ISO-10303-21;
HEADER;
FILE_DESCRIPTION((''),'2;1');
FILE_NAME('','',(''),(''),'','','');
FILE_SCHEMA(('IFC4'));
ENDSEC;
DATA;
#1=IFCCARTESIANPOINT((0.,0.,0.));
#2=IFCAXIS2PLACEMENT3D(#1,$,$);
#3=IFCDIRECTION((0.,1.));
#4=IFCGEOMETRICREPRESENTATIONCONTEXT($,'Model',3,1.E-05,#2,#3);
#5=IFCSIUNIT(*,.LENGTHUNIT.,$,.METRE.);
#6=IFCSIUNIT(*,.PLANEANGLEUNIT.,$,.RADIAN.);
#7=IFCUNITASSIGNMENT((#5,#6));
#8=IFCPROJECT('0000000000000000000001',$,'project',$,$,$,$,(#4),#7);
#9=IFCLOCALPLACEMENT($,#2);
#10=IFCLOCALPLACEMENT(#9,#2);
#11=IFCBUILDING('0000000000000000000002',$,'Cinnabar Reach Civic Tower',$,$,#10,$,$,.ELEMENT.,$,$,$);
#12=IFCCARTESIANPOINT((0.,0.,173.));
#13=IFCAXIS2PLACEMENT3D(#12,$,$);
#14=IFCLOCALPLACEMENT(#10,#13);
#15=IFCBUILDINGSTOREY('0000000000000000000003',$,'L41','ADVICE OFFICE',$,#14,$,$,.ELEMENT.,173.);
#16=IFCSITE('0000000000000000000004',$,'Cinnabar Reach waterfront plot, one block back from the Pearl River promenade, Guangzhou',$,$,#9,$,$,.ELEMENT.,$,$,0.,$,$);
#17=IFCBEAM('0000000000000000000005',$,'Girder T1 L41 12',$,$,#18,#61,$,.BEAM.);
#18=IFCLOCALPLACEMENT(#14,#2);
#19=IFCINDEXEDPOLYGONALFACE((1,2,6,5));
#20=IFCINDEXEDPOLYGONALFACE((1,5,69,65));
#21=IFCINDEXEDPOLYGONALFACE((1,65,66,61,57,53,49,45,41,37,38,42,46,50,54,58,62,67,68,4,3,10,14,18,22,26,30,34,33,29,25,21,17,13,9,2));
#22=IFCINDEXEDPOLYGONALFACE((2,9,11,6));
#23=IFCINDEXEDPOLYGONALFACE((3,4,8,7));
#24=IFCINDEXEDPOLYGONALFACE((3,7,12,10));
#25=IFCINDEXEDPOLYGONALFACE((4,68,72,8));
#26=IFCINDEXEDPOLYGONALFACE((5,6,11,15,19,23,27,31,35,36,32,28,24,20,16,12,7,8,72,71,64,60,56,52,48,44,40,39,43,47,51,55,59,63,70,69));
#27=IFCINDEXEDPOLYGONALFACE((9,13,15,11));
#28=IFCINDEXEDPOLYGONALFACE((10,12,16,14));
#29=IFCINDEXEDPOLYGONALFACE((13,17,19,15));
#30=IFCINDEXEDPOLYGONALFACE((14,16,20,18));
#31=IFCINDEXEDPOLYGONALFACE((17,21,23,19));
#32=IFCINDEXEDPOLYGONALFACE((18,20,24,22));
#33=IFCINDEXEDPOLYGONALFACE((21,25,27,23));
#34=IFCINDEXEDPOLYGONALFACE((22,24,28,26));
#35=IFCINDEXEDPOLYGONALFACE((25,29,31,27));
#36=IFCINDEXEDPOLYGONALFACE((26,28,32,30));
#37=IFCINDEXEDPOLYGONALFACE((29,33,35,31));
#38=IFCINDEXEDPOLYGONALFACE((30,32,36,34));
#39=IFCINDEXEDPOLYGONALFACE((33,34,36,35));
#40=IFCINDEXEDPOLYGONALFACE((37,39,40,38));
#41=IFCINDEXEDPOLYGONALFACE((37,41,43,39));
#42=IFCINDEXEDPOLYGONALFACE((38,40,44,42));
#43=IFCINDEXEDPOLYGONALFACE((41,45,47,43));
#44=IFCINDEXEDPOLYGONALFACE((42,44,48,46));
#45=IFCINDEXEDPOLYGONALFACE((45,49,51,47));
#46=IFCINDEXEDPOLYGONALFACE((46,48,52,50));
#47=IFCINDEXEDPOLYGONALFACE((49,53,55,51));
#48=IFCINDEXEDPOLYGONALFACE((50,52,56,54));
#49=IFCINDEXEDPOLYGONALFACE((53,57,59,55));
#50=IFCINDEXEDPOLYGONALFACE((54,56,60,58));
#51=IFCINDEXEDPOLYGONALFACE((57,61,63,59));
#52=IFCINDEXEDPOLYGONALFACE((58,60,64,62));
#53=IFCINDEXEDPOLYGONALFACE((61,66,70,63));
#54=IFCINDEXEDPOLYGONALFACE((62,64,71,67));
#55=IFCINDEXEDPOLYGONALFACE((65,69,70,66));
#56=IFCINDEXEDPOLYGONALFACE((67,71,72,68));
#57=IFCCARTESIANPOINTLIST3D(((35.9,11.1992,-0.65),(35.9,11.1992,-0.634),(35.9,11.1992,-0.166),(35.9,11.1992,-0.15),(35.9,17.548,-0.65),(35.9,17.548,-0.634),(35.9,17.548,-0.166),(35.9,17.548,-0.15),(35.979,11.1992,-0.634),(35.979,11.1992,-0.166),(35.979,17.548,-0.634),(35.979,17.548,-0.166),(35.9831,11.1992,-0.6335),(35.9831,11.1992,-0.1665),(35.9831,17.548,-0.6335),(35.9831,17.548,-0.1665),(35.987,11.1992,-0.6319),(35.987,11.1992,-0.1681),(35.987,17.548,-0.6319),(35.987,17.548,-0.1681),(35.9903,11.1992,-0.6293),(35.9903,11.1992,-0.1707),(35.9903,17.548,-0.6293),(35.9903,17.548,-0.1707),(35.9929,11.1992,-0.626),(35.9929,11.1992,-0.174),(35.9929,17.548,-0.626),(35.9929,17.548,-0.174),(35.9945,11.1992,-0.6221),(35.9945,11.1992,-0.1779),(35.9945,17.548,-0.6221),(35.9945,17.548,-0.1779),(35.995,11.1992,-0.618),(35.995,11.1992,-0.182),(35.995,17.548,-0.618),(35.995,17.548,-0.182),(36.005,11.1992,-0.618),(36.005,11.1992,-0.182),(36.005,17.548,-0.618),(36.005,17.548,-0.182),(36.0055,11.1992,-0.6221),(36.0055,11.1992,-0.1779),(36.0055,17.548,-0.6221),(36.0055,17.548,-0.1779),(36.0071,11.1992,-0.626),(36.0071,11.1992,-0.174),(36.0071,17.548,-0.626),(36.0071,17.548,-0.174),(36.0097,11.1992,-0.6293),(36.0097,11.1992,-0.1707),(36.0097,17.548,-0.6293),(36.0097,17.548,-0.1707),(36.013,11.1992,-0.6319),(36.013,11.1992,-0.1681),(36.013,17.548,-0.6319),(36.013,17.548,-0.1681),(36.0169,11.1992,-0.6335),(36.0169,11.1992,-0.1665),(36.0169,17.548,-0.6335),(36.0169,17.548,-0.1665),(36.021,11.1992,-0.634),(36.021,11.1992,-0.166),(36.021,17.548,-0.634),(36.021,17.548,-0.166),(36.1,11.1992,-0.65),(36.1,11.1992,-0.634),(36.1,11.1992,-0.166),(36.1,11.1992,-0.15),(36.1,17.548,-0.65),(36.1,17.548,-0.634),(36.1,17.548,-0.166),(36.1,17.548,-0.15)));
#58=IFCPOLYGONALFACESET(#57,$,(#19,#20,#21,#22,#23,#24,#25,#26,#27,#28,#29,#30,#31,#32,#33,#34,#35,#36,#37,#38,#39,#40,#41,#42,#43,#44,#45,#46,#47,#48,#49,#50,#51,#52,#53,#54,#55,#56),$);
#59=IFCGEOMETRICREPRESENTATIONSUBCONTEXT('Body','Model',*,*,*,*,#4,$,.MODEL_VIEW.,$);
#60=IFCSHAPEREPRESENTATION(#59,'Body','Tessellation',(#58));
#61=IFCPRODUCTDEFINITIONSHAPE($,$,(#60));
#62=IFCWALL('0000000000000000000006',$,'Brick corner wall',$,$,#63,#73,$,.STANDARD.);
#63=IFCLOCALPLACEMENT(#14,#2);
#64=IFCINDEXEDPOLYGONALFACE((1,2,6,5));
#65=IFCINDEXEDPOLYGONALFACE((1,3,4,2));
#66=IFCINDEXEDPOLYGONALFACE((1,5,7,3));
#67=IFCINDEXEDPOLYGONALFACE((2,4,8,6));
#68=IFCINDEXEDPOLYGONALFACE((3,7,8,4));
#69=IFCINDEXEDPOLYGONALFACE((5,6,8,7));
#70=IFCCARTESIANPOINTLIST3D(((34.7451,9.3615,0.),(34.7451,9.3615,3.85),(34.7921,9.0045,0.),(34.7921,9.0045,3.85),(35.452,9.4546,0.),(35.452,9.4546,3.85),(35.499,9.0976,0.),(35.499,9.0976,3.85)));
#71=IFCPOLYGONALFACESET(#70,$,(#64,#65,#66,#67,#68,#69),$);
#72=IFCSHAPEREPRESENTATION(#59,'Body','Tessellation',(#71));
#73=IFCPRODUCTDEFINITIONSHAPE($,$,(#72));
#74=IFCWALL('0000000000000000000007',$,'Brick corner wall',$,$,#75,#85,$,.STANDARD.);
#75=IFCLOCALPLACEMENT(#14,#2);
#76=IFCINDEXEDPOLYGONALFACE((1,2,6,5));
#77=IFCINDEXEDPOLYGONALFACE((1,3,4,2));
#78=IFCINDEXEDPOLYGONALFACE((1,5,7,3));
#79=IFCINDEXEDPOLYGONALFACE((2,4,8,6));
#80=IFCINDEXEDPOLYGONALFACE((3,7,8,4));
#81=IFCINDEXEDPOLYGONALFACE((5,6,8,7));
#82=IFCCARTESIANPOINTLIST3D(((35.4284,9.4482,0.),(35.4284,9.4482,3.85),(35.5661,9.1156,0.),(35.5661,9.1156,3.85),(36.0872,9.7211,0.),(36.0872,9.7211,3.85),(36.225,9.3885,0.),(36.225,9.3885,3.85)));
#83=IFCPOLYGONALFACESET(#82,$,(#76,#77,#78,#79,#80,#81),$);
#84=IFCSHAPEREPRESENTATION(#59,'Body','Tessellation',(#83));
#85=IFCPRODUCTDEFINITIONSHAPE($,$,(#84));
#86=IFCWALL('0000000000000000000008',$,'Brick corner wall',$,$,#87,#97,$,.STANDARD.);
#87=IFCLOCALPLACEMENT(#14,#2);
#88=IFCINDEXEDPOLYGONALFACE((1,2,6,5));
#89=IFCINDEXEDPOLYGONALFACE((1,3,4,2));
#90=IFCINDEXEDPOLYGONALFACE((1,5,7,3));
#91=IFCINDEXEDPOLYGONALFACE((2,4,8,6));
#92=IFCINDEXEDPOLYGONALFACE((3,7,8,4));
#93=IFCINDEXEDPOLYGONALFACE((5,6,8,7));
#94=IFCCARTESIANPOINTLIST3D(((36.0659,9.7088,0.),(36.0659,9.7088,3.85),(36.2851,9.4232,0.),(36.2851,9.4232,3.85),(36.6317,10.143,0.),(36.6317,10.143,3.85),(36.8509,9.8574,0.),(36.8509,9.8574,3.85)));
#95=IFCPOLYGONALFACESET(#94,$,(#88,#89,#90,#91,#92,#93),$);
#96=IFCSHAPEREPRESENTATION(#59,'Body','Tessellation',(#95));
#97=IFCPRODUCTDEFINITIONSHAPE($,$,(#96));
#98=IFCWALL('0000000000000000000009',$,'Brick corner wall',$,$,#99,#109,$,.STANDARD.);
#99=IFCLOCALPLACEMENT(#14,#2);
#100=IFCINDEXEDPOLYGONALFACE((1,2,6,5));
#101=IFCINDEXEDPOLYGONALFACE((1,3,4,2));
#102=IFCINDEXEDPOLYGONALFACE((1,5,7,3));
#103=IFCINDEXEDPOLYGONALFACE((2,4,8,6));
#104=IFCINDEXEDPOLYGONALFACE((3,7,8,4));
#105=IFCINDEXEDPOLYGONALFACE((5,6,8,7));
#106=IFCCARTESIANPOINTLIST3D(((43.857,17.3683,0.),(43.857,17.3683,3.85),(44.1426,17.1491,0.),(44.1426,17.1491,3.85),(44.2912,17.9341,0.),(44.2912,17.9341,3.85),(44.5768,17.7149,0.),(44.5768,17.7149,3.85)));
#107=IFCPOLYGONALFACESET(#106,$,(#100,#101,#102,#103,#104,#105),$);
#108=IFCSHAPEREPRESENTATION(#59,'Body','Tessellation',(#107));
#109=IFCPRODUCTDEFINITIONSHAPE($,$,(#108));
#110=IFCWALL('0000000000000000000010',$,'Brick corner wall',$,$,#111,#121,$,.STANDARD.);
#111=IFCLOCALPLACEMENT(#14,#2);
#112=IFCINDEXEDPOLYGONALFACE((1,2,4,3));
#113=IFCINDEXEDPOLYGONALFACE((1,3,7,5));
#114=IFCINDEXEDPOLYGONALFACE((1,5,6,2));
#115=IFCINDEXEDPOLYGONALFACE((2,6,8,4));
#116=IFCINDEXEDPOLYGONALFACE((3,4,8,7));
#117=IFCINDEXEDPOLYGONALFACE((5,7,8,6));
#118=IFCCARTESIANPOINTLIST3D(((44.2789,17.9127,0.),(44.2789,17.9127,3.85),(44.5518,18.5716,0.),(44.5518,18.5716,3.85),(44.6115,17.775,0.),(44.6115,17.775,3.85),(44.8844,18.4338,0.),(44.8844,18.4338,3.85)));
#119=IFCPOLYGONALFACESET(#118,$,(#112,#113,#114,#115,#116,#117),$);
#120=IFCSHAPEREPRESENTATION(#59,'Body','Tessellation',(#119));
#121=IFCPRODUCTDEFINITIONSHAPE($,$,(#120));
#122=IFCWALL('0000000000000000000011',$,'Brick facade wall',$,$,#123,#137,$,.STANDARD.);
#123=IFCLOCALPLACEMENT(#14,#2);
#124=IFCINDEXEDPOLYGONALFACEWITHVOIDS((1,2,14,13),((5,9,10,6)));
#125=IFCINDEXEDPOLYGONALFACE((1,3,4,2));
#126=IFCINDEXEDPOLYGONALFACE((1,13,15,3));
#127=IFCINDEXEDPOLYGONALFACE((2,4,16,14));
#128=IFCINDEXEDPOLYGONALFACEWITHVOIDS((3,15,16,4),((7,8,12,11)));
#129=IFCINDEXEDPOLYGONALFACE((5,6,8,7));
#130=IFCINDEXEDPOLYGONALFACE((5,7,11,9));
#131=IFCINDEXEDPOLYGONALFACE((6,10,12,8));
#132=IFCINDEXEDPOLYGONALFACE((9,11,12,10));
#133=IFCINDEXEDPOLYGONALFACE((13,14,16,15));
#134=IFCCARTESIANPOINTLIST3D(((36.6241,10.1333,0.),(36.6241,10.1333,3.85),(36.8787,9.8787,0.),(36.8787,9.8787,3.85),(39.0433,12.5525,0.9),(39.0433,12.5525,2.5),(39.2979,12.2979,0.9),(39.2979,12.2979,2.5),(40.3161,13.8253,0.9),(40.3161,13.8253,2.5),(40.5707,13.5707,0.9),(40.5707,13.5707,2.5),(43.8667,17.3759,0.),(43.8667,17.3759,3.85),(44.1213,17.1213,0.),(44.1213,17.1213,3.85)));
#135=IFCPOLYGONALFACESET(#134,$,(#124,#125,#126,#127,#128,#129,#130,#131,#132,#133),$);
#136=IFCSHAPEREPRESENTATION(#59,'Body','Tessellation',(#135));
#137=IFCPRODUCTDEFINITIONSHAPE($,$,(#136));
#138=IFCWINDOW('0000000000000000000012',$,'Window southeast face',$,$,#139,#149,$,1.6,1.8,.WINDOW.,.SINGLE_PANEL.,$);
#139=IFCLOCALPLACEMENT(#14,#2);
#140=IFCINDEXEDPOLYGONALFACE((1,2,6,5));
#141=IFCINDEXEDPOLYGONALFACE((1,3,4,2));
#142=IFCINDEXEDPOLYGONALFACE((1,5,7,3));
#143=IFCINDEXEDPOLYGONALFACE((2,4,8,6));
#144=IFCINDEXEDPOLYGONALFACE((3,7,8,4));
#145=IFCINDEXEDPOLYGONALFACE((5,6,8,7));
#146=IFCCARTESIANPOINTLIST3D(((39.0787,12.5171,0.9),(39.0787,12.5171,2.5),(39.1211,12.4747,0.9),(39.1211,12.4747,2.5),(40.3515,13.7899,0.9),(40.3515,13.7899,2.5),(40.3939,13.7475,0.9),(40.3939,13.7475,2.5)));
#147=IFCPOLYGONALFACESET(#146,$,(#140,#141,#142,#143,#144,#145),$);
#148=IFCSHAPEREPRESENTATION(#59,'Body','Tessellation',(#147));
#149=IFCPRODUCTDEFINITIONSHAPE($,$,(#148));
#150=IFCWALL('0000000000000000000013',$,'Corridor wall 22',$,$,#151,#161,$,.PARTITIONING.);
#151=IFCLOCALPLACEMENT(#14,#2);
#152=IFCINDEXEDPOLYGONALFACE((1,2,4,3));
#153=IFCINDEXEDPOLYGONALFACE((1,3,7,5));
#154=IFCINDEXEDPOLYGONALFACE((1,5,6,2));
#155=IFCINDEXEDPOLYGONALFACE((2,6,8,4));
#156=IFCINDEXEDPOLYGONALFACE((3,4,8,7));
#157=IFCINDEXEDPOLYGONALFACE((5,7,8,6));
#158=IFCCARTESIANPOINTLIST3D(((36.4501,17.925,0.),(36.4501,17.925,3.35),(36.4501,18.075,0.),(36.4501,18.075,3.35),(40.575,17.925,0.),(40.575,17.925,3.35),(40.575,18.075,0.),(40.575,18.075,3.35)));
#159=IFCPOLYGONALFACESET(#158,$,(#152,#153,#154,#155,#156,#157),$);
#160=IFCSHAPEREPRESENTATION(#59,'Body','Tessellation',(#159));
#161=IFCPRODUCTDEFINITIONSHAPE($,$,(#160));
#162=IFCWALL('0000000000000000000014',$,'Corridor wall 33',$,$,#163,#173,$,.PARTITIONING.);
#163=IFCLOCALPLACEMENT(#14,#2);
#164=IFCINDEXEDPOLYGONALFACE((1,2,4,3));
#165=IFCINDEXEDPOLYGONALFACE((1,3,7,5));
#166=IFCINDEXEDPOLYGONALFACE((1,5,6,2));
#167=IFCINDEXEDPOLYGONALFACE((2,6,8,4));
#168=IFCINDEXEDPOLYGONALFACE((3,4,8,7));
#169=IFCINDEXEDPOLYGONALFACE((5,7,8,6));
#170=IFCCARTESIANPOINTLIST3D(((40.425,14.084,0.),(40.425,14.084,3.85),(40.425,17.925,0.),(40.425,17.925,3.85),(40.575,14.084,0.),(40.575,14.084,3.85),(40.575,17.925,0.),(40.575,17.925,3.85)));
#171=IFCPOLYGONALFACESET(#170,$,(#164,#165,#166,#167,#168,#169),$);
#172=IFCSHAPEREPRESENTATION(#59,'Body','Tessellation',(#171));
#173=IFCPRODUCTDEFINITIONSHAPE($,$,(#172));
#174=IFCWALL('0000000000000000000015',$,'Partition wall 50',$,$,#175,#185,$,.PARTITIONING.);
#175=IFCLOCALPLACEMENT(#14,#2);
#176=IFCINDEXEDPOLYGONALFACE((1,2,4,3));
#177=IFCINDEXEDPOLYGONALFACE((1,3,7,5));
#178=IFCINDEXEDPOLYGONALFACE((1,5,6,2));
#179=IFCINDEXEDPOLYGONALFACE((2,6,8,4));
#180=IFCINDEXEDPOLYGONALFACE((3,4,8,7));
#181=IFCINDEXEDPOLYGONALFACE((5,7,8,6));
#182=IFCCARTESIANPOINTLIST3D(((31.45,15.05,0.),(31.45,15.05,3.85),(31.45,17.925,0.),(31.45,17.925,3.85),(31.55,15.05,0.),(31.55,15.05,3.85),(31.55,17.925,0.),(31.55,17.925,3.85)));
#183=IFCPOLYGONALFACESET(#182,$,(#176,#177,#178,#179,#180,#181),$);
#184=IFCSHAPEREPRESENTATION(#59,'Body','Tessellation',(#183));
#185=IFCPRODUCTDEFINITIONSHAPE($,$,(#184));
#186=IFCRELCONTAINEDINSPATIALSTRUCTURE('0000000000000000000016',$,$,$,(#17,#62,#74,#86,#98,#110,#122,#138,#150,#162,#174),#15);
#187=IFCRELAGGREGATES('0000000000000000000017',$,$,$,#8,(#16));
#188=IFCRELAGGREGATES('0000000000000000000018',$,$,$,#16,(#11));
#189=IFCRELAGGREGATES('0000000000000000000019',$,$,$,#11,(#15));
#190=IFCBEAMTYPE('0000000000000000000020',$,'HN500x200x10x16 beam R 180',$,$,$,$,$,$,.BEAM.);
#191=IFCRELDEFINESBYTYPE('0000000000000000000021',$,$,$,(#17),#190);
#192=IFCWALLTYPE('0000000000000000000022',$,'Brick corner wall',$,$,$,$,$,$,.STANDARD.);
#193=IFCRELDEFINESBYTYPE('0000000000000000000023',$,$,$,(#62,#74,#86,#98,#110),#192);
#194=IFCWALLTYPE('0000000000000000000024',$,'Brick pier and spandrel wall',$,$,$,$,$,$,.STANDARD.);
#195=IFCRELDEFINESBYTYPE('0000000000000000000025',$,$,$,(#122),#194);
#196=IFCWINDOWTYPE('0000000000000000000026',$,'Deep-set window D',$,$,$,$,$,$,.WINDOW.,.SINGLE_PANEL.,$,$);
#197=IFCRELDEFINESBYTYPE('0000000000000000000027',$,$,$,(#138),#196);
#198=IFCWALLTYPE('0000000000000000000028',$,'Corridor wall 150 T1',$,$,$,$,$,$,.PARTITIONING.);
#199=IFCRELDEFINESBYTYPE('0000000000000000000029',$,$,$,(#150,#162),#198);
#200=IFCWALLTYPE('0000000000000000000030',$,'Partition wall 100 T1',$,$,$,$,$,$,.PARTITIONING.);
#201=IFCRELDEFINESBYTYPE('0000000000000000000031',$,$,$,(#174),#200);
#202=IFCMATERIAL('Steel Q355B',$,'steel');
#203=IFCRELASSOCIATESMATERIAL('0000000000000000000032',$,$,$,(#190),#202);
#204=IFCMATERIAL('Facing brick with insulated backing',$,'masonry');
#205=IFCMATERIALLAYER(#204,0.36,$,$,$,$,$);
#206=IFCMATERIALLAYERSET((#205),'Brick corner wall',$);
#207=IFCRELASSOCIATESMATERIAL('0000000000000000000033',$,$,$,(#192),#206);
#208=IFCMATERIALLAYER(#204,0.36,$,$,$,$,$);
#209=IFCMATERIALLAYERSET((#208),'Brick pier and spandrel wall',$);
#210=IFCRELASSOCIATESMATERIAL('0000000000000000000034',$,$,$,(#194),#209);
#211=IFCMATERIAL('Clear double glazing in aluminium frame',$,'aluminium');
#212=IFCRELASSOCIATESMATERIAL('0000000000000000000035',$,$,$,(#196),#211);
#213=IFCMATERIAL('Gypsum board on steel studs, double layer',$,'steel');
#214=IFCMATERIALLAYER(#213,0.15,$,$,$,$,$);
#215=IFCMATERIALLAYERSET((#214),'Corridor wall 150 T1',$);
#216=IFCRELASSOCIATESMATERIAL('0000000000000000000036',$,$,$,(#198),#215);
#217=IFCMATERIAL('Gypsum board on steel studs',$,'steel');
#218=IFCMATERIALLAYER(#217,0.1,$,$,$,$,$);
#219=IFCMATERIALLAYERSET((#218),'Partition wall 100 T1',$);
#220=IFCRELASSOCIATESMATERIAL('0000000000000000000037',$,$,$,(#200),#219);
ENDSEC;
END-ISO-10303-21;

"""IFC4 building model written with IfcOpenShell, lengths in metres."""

from ifc_helpers import new_model, si_unit, direction, frame, frame_2d, origin, origin_2d, place, context, subcontext, project, spatial, rectangle, i_section, extrude, material, layer, layer_set, material_profile, profile_set, type_object, element, fill, save


model = new_model("IFC4")

# Units and contexts
model_context = context("Model", 3, precision=1e-05, world=origin(), true_north=direction((0.0, 1.0)))
body_context = subcontext(model_context, "Body", "Model", "MODEL_VIEW")
ifc_project = project(units=[si_unit("LENGTHUNIT", "METRE"), si_unit("PLANEANGLEUNIT", "RADIAN")], contexts=[model_context])

# Site, building, storey
site_placement = place(None, origin())
site = spatial("IfcSite", under=ifc_project, at=site_placement, Name="Cinnabar Reach waterfront plot, one block back from the Pearl River promenade, Guangzhou", CompositionType="ELEMENT", RefElevation=0.0)
building_placement = place(site_placement, origin())
building = spatial("IfcBuilding", under=site, at=building_placement, Name="Cinnabar Reach Civic Tower", CompositionType="ELEMENT")
storey_placement = place(building_placement, frame((0.0, 0.0, 173.0)))
storey = spatial("IfcBuildingStorey", under=building, at=storey_placement, Name="L41", Description="ADVICE OFFICE", CompositionType="ELEMENT", Elevation=173.0)

# Beam
ifc_material_1 = material(Name="Steel Q355B", Category="steel")
ifc_material_profile_1 = material_profile(ifc_material_1, i_section(OverallWidth=0.2, OverallDepth=0.5, WebThickness=0.01, FlangeThickness=0.016, FilletRadius=0.016, at=origin_2d()), Name="HN500x200x10x16")
ifc_profile_set_1 = profile_set([ifc_material_profile_1], Name="Steel Q355B")
beam_type_1 = type_object("IfcBeamType", Name="HN500x200x10x16 beam R 180", PredefinedType="BEAM", material=ifc_profile_set_1)
for number, where, z_axis, x_axis, name in (
    (1, (36.0, 11.1992, -0.4), (0.0, 1.0, 0.0), (-1.0, 0.0, 0.0), "Girder T1 L41 12"),
):
    element("IfcBeam", number, at=place(storey_placement, frame(where, z_axis=z_axis, x_axis=x_axis)), inside=storey, type_object=beam_type_1, Name=name, PredefinedType="BEAM", context=body_context, shape_type="SweptSolid", body=[
        extrude(i_section(OverallWidth=0.2, OverallDepth=0.5, WebThickness=0.01, FlangeThickness=0.016, FilletRadius=0.016, at=origin_2d()), origin(), (0.0, 0.0, 1.0), 6.3488),
    ])

# Walls
ifc_material_2 = material(Name="Facing brick with insulated backing", Category="masonry")
ifc_layer_1 = layer(ifc_material_2, 0.36)
ifc_layer_set_1 = layer_set([ifc_layer_1], Name="Brick corner wall")
wall_type_1 = type_object("IfcWallType", Name="Brick corner wall", PredefinedType="STANDARD", material=ifc_layer_set_1)
for number, where, z_axis, x_axis, name in (
    (2, (34.7686, 9.183, 0.0), (0.0, 0.0, 1.0), (0.991441, 0.130556, 0.0), "Brick corner wall"),
    (3, (35.4973, 9.2819, 0.0), (0.0, 0.0, 1.0), (0.923872, 0.382703, 0.0), "Brick corner wall"),
):
    element("IfcWall", number, at=place(storey_placement, frame(where, z_axis=z_axis, x_axis=x_axis)), inside=storey, type_object=wall_type_1, Name=name, PredefinedType="STANDARD", context=body_context, shape_type="SweptSolid", body=[
        extrude(rectangle(XDim=0.7131, YDim=0.36, at=frame_2d((0.3565, 0.0))), origin(), (0.0, 0.0, 1.0), 3.85),
    ])
for number, where, z_axis, x_axis, name in (
    (4, (36.1755, 9.566, 0.0), (0.0, 0.0, 1.0), (0.793322, 0.608802, 0.0), "Brick corner wall"),
    (5, (43.9998, 17.2587, 0.0), (0.0, 0.0, 1.0), (0.608802, 0.793322, 0.0), "Brick corner wall"),
):
    element("IfcWall", number, at=place(storey_placement, frame(where, z_axis=z_axis, x_axis=x_axis)), inside=storey, type_object=wall_type_1, Name=name, PredefinedType="STANDARD", context=body_context, shape_type="SweptSolid", body=[
        extrude(rectangle(XDim=0.7132, YDim=0.36, at=frame_2d((0.3566, 0.0))), origin(), (0.0, 0.0, 1.0), 3.85),
    ])
wall_1_placement = place(storey_placement, frame((44.4452, 17.8439, 0.0), z_axis=(0.0, 0.0, 1.0), x_axis=(0.382703, 0.923872, 0.0)))
element("IfcWall", 6, at=wall_1_placement, inside=storey, type_object=wall_type_1, Name="Brick corner wall", PredefinedType="STANDARD", context=body_context, shape_type="SweptSolid", body=[
    extrude(rectangle(XDim=0.7131, YDim=0.36, at=frame_2d((0.3565, 0.0))), origin(), (0.0, 0.0, 1.0), 3.85),
])

# Wall, opening, window
ifc_layer_2 = layer(ifc_material_2, 0.36)
ifc_layer_set_2 = layer_set([ifc_layer_2], Name="Brick pier and spandrel wall")
wall_type_2 = type_object("IfcWallType", Name="Brick pier and spandrel wall", PredefinedType="STANDARD", material=ifc_layer_set_2)
wall_2_placement = place(storey_placement, frame((36.7514, 10.006, 0.0), z_axis=(0.0, 0.0, 1.0), x_axis=(0.707107, 0.707107, 0.0)))
wall_2 = element("IfcWall", 7, at=wall_2_placement, inside=storey, type_object=wall_type_2, Name="Brick facade wall", PredefinedType="STANDARD", context=body_context, shape_type="SweptSolid", body=[
    extrude(rectangle(XDim=10.2426, YDim=0.36, at=frame_2d((5.1213, 0.0))), origin(), (0.0, 0.0, 1.0), 3.85),
])
opening_placement = place(wall_2_placement, frame((3.4213, 0.0, 0.9)))
opening = element("IfcOpeningElement", 8, at=opening_placement, cuts=wall_2, PredefinedType="OPENING", context=body_context, shape_type="SweptSolid", body=[
    extrude(rectangle(XDim=1.8, YDim=1.6, at=frame_2d((0.9, 0.8))), frame((0.0, 0.19, 0.0), z_axis=(0.0, -1.0, 0.0), x_axis=(1.0, 0.0, 0.0)), (0.0, 0.0, 1.0), 0.38),
])
ifc_material_3 = material(Name="Clear double glazing in aluminium frame", Category="aluminium")
window_type = type_object("IfcWindowType", Name="Deep-set window D", PartitioningType="SINGLE_PANEL", PredefinedType="WINDOW", material=ifc_material_3)
window_placement = place(opening_placement, origin())
window = element("IfcWindow", 9, at=window_placement, inside=storey, type_object=window_type, Name="Window southeast face", OverallHeight=1.6, OverallWidth=1.8, PartitioningType="SINGLE_PANEL", PredefinedType="WINDOW", context=body_context, shape_type="SweptSolid", body=[
    extrude(rectangle(XDim=1.8, YDim=1.6, at=frame_2d((0.9, 0.8))), frame((0.0, 0.13, 0.0), z_axis=(0.0, -1.0, 0.0), x_axis=(1.0, 0.0, 0.0)), (0.0, 0.0, 1.0), 0.06),
])
fill(opening, window)

# Walls
ifc_material_4 = material(Name="Gypsum board on steel studs, double layer", Category="steel")
ifc_layer_3 = layer(ifc_material_4, 0.15)
ifc_layer_set_3 = layer_set([ifc_layer_3], Name="Corridor wall 150 T1")
wall_type_3 = type_object("IfcWallType", Name="Corridor wall 150 T1", PredefinedType="PARTITIONING", material=ifc_layer_set_3)
wall_3_placement = place(storey_placement, frame((36.45, 18.0, 0.0), z_axis=(0.0, 0.0, 1.0), x_axis=(1.0, 0.0, 0.0)))
element("IfcWall", 10, at=wall_3_placement, inside=storey, type_object=wall_type_3, Name="Corridor wall 22", PredefinedType="PARTITIONING", context=body_context, shape_type="SweptSolid", body=[
    extrude(rectangle(XDim=4.1249, YDim=0.15, at=frame_2d((2.0625, 0.0))), origin(), (0.0, 0.0, 1.0), 3.35),
])
wall_4_placement = place(storey_placement, frame((40.5, 14.084, 0.0), z_axis=(0.0, 0.0, 1.0), x_axis=(0.0, 1.0, 0.0)))
element("IfcWall", 11, at=wall_4_placement, inside=storey, type_object=wall_type_3, Name="Corridor wall 33", PredefinedType="PARTITIONING", context=body_context, shape_type="SweptSolid", body=[
    extrude(rectangle(XDim=3.841, YDim=0.15, at=frame_2d((1.9205, 0.0))), origin(), (0.0, 0.0, 1.0), 3.85),
])
ifc_material_5 = material(Name="Gypsum board on steel studs", Category="steel")
ifc_layer_4 = layer(ifc_material_5, 0.1)
ifc_layer_set_4 = layer_set([ifc_layer_4], Name="Partition wall 100 T1")
wall_type_4 = type_object("IfcWallType", Name="Partition wall 100 T1", PredefinedType="PARTITIONING", material=ifc_layer_set_4)
wall_5_placement = place(storey_placement, frame((31.5, 15.05, 0.0), z_axis=(0.0, 0.0, 1.0), x_axis=(0.0, 1.0, 0.0)))
element("IfcWall", 12, at=wall_5_placement, inside=storey, type_object=wall_type_4, Name="Partition wall 50", PredefinedType="PARTITIONING", context=body_context, shape_type="SweptSolid", body=[
    extrude(rectangle(XDim=2.875, YDim=0.1, at=frame_2d((1.4375, 0.0))), origin(), (0.0, 0.0, 1.0), 3.85),
])

save(model, "model.ifc")
